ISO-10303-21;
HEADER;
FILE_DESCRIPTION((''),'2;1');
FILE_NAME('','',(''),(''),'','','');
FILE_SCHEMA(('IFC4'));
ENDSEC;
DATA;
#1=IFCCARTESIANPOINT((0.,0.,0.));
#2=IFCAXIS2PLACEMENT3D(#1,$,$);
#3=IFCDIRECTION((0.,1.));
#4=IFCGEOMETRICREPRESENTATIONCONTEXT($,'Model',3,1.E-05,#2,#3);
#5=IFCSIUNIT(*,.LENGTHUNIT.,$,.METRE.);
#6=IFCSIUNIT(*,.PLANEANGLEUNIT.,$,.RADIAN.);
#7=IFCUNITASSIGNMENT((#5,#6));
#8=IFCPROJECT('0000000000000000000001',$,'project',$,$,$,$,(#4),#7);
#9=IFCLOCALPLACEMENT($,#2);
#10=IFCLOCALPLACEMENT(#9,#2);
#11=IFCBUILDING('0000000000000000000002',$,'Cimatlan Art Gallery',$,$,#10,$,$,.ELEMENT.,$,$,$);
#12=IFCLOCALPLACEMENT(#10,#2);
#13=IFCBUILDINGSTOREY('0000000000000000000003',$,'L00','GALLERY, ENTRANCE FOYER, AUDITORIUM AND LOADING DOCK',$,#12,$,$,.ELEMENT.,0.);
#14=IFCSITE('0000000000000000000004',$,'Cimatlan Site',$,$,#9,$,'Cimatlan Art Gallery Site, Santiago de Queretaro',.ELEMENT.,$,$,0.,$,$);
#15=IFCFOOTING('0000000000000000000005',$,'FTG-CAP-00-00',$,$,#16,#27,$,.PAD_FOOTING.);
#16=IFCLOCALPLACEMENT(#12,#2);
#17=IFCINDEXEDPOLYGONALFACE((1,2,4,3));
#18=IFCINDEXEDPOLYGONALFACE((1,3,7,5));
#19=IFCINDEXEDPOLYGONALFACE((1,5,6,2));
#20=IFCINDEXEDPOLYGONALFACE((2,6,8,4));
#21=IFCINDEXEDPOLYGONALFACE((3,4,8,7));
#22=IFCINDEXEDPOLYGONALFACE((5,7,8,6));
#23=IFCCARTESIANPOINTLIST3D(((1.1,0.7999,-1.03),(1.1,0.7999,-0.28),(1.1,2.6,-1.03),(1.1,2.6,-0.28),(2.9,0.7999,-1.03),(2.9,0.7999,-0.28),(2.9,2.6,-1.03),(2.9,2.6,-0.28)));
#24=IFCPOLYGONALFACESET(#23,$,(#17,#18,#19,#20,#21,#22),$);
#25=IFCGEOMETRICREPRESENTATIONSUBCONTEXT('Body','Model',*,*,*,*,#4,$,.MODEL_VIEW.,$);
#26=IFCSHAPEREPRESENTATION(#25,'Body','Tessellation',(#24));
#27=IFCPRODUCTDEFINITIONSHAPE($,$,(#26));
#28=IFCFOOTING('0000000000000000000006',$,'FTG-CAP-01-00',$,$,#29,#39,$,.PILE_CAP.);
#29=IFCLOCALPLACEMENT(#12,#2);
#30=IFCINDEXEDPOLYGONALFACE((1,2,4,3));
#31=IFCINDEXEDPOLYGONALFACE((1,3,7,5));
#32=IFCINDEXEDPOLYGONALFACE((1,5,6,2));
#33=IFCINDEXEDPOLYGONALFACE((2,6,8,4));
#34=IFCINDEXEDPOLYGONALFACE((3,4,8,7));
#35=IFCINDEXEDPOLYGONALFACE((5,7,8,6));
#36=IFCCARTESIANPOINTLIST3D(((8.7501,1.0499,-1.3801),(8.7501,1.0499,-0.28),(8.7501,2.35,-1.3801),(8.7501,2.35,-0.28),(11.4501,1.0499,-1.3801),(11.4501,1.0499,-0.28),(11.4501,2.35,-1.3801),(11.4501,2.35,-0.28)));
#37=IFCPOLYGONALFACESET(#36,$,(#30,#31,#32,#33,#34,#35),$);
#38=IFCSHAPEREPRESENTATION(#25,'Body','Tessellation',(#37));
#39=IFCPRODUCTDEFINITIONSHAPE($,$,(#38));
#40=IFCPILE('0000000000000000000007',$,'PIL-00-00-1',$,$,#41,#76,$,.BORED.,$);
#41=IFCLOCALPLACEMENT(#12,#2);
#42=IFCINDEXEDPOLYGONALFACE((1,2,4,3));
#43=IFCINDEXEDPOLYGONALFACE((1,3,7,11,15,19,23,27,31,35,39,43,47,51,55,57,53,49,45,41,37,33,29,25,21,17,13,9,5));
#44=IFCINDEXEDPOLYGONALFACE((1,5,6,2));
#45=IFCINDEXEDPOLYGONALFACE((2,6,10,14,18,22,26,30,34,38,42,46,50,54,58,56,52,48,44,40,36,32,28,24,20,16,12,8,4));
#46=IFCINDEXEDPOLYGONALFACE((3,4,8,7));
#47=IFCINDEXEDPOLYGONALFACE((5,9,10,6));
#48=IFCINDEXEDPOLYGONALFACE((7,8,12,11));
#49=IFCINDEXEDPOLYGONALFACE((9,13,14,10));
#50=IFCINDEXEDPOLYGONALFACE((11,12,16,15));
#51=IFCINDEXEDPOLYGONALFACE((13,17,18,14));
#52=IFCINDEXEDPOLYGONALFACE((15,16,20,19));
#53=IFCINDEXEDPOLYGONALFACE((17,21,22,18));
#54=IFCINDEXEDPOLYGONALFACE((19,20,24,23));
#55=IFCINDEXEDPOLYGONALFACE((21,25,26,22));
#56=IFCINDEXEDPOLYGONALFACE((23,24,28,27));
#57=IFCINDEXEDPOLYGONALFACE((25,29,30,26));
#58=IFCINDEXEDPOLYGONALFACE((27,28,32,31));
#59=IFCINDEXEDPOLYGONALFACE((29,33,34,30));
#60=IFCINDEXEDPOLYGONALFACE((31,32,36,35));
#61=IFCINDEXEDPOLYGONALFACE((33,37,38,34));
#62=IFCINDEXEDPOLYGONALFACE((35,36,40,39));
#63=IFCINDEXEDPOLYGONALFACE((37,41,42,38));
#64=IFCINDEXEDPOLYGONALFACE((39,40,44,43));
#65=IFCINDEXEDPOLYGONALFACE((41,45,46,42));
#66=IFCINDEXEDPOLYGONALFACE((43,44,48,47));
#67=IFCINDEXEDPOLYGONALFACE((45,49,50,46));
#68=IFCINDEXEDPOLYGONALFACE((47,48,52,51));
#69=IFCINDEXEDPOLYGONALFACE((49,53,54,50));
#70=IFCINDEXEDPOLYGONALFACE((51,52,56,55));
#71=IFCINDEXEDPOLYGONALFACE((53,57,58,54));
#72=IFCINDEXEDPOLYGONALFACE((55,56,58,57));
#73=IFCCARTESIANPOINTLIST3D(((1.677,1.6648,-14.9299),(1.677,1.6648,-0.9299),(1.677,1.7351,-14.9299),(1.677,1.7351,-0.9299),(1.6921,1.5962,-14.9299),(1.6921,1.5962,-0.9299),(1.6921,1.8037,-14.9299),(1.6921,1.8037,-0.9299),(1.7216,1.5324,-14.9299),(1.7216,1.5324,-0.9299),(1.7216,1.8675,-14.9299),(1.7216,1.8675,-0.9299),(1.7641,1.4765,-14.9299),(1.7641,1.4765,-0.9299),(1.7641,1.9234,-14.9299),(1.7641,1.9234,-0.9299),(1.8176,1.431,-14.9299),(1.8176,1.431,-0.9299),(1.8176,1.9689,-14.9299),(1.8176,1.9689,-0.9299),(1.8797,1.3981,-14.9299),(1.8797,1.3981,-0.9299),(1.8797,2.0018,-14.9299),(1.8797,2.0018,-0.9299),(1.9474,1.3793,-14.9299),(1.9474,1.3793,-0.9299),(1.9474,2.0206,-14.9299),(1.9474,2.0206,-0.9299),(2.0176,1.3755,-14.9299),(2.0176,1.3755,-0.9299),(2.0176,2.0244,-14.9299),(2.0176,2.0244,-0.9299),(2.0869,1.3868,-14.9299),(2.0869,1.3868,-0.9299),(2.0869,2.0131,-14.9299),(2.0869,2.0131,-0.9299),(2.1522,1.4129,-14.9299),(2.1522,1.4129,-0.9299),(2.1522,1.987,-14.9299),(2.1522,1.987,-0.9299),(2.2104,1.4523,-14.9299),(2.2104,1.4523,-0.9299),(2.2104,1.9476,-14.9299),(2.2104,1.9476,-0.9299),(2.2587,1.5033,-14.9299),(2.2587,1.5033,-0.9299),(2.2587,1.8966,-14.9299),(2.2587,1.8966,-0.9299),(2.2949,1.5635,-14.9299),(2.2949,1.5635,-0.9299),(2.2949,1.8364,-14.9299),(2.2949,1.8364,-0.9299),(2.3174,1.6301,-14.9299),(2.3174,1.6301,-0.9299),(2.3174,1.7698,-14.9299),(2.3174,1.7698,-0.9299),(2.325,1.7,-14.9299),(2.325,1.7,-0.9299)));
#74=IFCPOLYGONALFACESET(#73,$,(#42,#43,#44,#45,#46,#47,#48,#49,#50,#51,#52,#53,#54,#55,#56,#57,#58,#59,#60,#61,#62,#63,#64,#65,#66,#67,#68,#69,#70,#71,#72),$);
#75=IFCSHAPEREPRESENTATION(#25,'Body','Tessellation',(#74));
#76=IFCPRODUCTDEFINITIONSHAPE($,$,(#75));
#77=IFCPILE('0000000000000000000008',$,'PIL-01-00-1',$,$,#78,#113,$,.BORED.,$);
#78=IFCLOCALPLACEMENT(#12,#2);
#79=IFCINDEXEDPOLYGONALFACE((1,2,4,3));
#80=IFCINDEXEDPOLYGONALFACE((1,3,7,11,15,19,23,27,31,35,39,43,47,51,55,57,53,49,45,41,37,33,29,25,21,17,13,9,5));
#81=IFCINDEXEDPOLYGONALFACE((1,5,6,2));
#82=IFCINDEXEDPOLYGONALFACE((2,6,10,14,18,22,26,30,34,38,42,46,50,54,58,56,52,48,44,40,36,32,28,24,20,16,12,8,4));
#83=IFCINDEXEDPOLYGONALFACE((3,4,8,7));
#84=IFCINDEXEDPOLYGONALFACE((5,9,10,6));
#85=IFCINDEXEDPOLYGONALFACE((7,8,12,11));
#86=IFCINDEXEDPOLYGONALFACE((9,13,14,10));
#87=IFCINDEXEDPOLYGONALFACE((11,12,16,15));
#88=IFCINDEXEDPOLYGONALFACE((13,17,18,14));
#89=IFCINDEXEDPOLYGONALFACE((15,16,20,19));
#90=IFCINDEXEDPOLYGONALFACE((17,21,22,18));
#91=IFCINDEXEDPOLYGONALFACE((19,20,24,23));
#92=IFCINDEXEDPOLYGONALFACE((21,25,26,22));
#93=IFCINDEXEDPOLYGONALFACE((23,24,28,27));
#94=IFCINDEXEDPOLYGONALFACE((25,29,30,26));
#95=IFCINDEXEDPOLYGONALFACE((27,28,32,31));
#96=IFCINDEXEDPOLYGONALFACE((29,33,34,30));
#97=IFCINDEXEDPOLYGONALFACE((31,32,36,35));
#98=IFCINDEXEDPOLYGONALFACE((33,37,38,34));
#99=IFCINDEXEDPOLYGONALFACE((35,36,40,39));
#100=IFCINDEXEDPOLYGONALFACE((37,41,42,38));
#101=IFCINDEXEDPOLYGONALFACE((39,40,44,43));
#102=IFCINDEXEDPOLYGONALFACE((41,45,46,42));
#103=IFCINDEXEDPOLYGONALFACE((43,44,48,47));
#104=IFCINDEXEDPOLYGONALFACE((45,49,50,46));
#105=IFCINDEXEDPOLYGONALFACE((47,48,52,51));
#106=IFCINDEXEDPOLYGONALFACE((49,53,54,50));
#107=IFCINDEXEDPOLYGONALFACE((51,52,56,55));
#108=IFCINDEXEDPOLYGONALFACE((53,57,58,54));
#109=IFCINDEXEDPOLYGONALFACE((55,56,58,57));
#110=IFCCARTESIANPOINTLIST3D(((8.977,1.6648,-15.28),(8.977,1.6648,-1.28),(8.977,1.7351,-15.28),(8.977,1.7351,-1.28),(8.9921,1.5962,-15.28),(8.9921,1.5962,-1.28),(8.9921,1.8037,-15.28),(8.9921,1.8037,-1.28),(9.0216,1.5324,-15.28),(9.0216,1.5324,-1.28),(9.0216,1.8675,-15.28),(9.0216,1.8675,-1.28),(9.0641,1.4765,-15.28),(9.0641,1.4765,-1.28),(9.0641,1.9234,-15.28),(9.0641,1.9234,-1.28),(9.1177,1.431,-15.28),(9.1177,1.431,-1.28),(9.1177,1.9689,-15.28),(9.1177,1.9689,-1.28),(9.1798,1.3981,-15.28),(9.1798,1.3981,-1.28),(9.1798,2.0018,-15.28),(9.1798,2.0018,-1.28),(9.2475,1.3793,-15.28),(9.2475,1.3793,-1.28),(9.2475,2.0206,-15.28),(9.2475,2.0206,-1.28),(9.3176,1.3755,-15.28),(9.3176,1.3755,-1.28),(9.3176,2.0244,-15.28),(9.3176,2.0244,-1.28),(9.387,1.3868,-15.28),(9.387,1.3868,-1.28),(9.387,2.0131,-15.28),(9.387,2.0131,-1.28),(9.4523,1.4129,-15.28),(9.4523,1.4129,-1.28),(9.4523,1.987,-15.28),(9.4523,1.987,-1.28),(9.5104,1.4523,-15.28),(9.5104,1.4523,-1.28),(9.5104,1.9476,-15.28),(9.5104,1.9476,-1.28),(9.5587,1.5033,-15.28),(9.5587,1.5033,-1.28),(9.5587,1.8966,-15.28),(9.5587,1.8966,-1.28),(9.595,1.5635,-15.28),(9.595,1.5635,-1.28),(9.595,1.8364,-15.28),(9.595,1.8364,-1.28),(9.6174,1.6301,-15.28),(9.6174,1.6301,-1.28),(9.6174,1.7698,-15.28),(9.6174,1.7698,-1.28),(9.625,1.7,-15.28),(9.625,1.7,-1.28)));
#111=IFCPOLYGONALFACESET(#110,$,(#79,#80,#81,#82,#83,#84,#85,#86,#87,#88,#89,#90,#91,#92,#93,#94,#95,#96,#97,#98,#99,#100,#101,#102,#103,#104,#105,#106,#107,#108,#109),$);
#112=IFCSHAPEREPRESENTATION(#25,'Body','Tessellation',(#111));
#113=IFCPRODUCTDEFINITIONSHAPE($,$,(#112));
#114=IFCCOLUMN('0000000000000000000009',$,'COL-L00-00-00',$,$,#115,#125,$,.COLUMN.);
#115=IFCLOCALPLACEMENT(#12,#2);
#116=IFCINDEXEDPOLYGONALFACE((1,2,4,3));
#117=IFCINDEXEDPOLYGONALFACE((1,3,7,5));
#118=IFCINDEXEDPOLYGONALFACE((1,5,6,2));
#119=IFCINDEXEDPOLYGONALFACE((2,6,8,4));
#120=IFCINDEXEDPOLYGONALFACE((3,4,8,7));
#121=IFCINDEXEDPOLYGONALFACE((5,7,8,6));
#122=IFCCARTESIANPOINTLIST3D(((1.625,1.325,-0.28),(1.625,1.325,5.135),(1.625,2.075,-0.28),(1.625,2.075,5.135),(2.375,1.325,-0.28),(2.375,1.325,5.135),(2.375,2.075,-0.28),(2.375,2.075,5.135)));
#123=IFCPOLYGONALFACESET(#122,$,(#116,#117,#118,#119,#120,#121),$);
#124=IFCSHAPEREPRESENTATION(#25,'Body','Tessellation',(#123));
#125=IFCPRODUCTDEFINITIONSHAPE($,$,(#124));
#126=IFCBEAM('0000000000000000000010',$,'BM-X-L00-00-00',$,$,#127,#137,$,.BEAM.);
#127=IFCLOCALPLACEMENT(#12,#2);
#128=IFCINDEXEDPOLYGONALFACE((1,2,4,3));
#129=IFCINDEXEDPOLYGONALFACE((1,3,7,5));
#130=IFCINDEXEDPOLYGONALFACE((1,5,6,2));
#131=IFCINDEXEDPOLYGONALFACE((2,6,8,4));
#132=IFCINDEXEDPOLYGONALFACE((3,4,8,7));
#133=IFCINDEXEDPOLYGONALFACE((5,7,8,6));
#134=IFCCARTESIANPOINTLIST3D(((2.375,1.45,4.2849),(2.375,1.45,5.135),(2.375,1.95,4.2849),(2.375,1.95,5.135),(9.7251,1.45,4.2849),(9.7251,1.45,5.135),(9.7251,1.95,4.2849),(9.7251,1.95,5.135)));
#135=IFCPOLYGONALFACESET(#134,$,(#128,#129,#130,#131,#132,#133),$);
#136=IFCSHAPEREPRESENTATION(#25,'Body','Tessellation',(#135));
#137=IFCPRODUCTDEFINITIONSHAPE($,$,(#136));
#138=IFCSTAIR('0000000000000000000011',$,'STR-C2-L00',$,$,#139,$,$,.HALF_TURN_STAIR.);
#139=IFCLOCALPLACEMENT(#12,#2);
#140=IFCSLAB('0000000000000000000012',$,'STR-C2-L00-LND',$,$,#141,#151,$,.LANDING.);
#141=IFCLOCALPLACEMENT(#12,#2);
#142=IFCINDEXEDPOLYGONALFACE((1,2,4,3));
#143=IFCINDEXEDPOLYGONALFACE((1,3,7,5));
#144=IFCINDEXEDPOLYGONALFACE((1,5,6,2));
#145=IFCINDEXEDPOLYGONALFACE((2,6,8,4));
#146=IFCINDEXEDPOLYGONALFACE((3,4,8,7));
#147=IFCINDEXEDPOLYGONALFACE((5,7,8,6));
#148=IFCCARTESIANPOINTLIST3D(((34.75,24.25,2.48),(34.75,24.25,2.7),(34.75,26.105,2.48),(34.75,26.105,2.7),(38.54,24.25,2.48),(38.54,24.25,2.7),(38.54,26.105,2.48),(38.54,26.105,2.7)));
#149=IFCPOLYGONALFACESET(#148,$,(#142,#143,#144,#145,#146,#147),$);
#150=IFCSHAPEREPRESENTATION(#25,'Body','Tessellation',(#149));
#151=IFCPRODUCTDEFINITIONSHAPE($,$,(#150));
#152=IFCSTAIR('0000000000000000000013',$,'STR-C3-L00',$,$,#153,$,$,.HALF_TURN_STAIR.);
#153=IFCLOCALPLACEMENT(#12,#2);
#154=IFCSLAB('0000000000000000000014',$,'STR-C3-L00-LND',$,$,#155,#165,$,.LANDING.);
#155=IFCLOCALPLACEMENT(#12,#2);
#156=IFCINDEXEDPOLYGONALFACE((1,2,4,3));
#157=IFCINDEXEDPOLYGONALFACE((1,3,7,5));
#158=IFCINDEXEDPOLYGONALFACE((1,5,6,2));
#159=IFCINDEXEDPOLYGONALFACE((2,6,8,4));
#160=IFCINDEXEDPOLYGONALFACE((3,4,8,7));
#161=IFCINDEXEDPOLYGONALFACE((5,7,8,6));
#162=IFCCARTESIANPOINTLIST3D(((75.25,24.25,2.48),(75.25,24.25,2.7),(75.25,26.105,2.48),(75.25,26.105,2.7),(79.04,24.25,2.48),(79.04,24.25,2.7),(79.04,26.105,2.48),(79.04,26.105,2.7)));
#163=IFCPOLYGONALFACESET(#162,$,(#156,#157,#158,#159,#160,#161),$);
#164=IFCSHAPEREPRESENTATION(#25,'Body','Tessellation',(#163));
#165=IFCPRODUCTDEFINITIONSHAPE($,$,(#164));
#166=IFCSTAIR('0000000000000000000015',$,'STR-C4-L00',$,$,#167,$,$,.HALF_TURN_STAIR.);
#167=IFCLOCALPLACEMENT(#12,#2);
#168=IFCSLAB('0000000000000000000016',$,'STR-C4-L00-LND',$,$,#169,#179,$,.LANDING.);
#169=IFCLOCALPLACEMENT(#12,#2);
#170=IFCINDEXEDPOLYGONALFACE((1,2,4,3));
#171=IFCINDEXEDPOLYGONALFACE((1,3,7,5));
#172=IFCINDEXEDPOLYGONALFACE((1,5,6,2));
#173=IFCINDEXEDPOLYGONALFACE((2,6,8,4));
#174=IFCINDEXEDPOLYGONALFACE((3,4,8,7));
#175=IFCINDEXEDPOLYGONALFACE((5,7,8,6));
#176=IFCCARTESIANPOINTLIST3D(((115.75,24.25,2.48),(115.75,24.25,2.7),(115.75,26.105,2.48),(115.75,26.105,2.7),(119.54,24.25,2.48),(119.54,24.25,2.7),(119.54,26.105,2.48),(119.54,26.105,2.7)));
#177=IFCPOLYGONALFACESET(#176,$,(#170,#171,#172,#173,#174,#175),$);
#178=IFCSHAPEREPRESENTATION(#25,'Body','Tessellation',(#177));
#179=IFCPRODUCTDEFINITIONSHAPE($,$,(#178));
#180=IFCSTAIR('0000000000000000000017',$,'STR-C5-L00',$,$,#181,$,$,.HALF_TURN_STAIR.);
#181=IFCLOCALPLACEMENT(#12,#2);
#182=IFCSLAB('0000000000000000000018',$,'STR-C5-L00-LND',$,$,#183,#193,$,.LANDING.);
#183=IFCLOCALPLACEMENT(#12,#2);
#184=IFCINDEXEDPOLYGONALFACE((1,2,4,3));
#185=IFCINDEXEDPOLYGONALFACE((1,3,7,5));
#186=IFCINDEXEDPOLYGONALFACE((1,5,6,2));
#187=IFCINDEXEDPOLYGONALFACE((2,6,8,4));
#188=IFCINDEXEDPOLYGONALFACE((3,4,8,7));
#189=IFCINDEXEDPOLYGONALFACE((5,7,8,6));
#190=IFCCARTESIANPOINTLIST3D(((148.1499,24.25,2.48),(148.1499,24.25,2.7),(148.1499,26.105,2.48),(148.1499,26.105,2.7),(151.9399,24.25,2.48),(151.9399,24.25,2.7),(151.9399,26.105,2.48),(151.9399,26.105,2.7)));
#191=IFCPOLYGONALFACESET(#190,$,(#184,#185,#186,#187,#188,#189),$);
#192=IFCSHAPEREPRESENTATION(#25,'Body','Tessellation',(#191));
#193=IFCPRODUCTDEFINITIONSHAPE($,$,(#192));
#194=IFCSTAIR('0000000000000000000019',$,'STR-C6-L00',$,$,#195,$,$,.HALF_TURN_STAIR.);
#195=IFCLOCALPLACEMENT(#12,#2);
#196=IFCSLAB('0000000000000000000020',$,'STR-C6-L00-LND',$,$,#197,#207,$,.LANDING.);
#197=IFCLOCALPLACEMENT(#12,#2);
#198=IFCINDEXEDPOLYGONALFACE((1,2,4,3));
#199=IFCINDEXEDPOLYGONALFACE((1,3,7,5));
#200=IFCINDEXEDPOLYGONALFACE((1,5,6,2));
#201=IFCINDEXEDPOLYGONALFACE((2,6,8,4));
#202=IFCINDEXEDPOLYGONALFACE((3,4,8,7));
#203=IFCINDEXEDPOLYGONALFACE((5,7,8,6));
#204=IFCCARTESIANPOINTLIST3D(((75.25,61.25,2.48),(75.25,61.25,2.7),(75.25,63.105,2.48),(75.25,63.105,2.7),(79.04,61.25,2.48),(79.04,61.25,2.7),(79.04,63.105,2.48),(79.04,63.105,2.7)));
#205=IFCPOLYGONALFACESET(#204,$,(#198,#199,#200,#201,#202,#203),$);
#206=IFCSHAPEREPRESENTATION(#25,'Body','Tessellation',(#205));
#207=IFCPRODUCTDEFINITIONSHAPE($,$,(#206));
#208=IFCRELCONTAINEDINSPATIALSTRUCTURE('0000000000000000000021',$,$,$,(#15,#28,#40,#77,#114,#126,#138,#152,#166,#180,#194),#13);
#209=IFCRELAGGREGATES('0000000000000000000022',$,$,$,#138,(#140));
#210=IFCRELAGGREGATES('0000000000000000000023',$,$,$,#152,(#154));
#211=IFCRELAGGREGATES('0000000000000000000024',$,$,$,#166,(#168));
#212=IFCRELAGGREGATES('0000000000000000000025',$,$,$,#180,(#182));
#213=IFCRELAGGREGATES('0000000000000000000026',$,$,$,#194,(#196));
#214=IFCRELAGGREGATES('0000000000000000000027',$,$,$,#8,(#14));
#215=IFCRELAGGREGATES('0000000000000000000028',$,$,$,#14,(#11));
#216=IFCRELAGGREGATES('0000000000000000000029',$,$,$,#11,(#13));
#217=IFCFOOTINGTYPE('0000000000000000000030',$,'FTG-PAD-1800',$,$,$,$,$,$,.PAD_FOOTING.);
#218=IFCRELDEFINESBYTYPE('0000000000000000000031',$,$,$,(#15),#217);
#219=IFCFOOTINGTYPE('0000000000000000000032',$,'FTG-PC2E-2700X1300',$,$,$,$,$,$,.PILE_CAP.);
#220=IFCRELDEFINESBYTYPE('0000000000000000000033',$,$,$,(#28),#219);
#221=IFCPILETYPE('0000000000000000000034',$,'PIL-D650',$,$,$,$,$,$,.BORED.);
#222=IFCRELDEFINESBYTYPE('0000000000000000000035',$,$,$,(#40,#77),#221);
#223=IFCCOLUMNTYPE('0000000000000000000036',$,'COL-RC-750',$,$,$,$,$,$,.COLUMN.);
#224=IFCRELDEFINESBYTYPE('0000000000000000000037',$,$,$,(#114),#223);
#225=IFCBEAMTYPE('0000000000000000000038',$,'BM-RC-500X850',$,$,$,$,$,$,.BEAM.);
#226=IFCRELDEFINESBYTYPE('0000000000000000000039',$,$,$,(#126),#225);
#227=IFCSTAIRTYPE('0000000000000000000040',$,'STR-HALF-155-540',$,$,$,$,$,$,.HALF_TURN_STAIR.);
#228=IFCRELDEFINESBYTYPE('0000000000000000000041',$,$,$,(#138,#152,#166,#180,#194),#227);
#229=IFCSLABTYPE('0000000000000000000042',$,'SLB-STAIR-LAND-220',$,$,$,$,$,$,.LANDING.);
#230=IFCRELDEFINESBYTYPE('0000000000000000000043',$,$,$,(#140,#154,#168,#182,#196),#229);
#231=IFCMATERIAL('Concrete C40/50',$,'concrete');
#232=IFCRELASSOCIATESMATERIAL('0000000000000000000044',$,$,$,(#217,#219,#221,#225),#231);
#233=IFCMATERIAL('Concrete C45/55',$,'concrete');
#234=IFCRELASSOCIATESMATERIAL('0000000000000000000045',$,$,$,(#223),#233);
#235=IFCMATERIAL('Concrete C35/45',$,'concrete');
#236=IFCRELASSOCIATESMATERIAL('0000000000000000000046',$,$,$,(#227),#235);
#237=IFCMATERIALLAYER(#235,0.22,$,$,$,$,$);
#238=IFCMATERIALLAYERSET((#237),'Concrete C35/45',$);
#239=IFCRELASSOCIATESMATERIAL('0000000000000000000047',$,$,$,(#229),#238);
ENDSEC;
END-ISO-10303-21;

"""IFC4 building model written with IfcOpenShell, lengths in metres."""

from ifc_helpers import new_model, si_unit, direction, frame, origin, origin_2d, place, context, subcontext, project, spatial, polyline, rectangle, circle, outline, extrude, material, layer, layer_set, material_profile, profile_set, type_object, element, aggregate, save


model = new_model("IFC4")

# Units and contexts
model_context = context("Model", 3, precision=1e-05, world=origin(), true_north=direction((0.0, 1.0)))
body_context = subcontext(model_context, "Body", "Model", "MODEL_VIEW")
ifc_project = project(units=[si_unit("LENGTHUNIT", "METRE"), si_unit("PLANEANGLEUNIT", "RADIAN")], contexts=[model_context])

# Site, building, storey
site_placement = place(None, origin())
site = spatial("IfcSite", under=ifc_project, at=site_placement, Name="Cimatlan Site", LongName="Cimatlan Art Gallery Site, Santiago de Queretaro", CompositionType="ELEMENT", RefElevation=0.0)
building_placement = place(site_placement, origin())
building = spatial("IfcBuilding", under=site, at=building_placement, Name="Cimatlan Art Gallery", CompositionType="ELEMENT")
storey_placement = place(building_placement, origin())
storey = spatial("IfcBuildingStorey", under=building, at=storey_placement, Name="L00", Description="GALLERY, ENTRANCE FOYER, AUDITORIUM AND LOADING DOCK", CompositionType="ELEMENT", Elevation=0.0)

# Footings
ifc_material_1 = material(Name="Concrete C40/50", Category="concrete")
footing_type_1 = type_object("IfcFootingType", Name="FTG-PAD-1800", PredefinedType="PAD_FOOTING", material=ifc_material_1)
footing_1_placement = place(storey_placement, frame((2.0, 1.7, -1.03), z_axis=(0.0, 0.0, 1.0), x_axis=(1.0, 0.0, 0.0)))
element("IfcFooting", 1, at=footing_1_placement, inside=storey, type_object=footing_type_1, Name="FTG-CAP-00-00", PredefinedType="PAD_FOOTING", context=body_context, shape_type="SweptSolid", body=[
    extrude(rectangle(XDim=1.8, YDim=1.8, at=origin_2d()), origin(), (0.0, 0.0, 1.0), 0.75),
])
footing_type_2 = type_object("IfcFootingType", Name="FTG-PC2E-2700X1300", PredefinedType="PILE_CAP", material=ifc_material_1)
footing_2_placement = place(storey_placement, frame((10.1001, 1.7, -1.3801), z_axis=(0.0, 0.0, 1.0), x_axis=(1.0, 0.0, 0.0)))
element("IfcFooting", 2, at=footing_2_placement, inside=storey, type_object=footing_type_2, Name="FTG-CAP-01-00", PredefinedType="PILE_CAP", context=body_context, shape_type="SweptSolid", body=[
    extrude(rectangle(XDim=2.7, YDim=1.3, at=origin_2d()), origin(), (0.0, 0.0, 1.0), 1.1001),
])

# Piles
pile_type = type_object("IfcPileType", Name="PIL-D650", PredefinedType="BORED", material=ifc_material_1)
for number, where, z_axis, x_axis, name in (
    (3, (2.0, 1.7, -0.9299), (0.0, 0.0, -1.0), (1.0, 0.0, 0.0), "PIL-00-00-1"),
    (4, (9.3, 1.7, -1.28), (0.0, 0.0, -1.0), (1.0, 0.0, 0.0), "PIL-01-00-1"),
):
    element("IfcPile", number, at=place(storey_placement, frame(where, z_axis=z_axis, x_axis=x_axis)), inside=storey, type_object=pile_type, Name=name, PredefinedType="BORED", context=body_context, shape_type="SweptSolid", body=[
        extrude(circle(Radius=0.325, at=origin_2d()), origin(), (0.0, 0.0, 1.0), 14.0),
    ])

# Column
ifc_material_2 = material(Name="Concrete C45/55", Category="concrete")
ifc_material_profile_1 = material_profile(ifc_material_2, rectangle(XDim=0.75, YDim=0.75, at=origin_2d()), Name="RC750X750")
ifc_profile_set_1 = profile_set([ifc_material_profile_1], Name="Concrete C45/55")
column_type = type_object("IfcColumnType", Name="COL-RC-750", PredefinedType="COLUMN", material=ifc_profile_set_1)
column_placement = place(storey_placement, frame((2.0, 1.7, -0.28), z_axis=(0.0, 0.0, 1.0), x_axis=(1.0, 0.0, 0.0)))
element("IfcColumn", 5, at=column_placement, inside=storey, type_object=column_type, Name="COL-L00-00-00", PredefinedType="COLUMN", context=body_context, shape_type="SweptSolid", body=[
    extrude(rectangle(XDim=0.75, YDim=0.75, at=origin_2d()), origin(), (0.0, 0.0, 1.0), 5.415),
])

# Beam
ifc_material_profile_2 = material_profile(ifc_material_1, rectangle(XDim=0.5, YDim=0.8501, at=origin_2d()), Name="RC500X850")
ifc_profile_set_2 = profile_set([ifc_material_profile_2], Name="Concrete C40/50")
beam_type = type_object("IfcBeamType", Name="BM-RC-500X850", PredefinedType="BEAM", material=ifc_profile_set_2)
beam_placement = place(storey_placement, frame((2.375, 1.7, 4.71), z_axis=(1.0, 0.0, 0.0), x_axis=(0.0, 1.0, 0.0)))
element("IfcBeam", 6, at=beam_placement, inside=storey, type_object=beam_type, Name="BM-X-L00-00-00", PredefinedType="BEAM", context=body_context, shape_type="SweptSolid", body=[
    extrude(rectangle(XDim=0.5, YDim=0.8501, at=origin_2d()), origin(), (0.0, 0.0, 1.0), 7.3501),
])

# Stairs, slabs
ifc_material_3 = material(Name="Concrete C35/45", Category="concrete")
stair_type_1 = type_object("IfcStairType", Name="STR-HALF-155-540", PredefinedType="HALF_TURN_STAIR", material=ifc_material_3)
stair_1_placement = place(storey_placement, origin())
stair_1 = element("IfcStair", 7, at=stair_1_placement, inside=storey, type_object=stair_type_1, Name="STR-C2-L00", PredefinedType="HALF_TURN_STAIR")
ifc_layer_1 = layer(ifc_material_3, 0.22)
ifc_layer_set_1 = layer_set([ifc_layer_1], Name="Concrete C35/45")
slab_type = type_object("IfcSlabType", Name="SLB-STAIR-LAND-220", PredefinedType="LANDING", material=ifc_layer_set_1)
slab_1_placement = place(storey_placement, frame((0.0, 0.0, 2.48)))
slab_1 = element("IfcSlab", 8, at=slab_1_placement, type_object=slab_type, Name="STR-C2-L00-LND", PredefinedType="LANDING", context=body_context, shape_type="SweptSolid", body=[
    extrude(outline(polyline([(34.75, 24.25), (38.54, 24.25), (38.54, 26.105), (34.75, 26.105), (34.75, 24.25)])), origin(), (0.0, 0.0, 1.0), 0.22),
])
aggregate(stair_1, [slab_1])
stair_2_placement = place(storey_placement, origin())
stair_2 = element("IfcStair", 9, at=stair_2_placement, inside=storey, type_object=stair_type_1, Name="STR-C3-L00", PredefinedType="HALF_TURN_STAIR")
slab_2_placement = place(storey_placement, frame((0.0, 0.0, 2.48)))
slab_2 = element("IfcSlab", 10, at=slab_2_placement, type_object=slab_type, Name="STR-C3-L00-LND", PredefinedType="LANDING", context=body_context, shape_type="SweptSolid", body=[
    extrude(outline(polyline([(75.25, 24.25), (79.04, 24.25), (79.04, 26.105), (75.25, 26.105), (75.25, 24.25)])), origin(), (0.0, 0.0, 1.0), 0.22),
])
aggregate(stair_2, [slab_2])
stair_3_placement = place(storey_placement, origin())
stair_3 = element("IfcStair", 11, at=stair_3_placement, inside=storey, type_object=stair_type_1, Name="STR-C4-L00", PredefinedType="HALF_TURN_STAIR")
slab_3_placement = place(storey_placement, frame((0.0, 0.0, 2.48)))
slab_3 = element("IfcSlab", 12, at=slab_3_placement, type_object=slab_type, Name="STR-C4-L00-LND", PredefinedType="LANDING", context=body_context, shape_type="SweptSolid", body=[
    extrude(outline(polyline([(115.75, 24.25), (119.54, 24.25), (119.54, 26.105), (115.75, 26.105), (115.75, 24.25)])), origin(), (0.0, 0.0, 1.0), 0.22),
])
aggregate(stair_3, [slab_3])
stair_4_placement = place(storey_placement, origin())
stair_4 = element("IfcStair", 13, at=stair_4_placement, inside=storey, type_object=stair_type_1, Name="STR-C5-L00", PredefinedType="HALF_TURN_STAIR")
slab_4_placement = place(storey_placement, frame((0.0, 0.0, 2.48)))
slab_4 = element("IfcSlab", 14, at=slab_4_placement, type_object=slab_type, Name="STR-C5-L00-LND", PredefinedType="LANDING", context=body_context, shape_type="SweptSolid", body=[
    extrude(outline(polyline([(148.1499, 24.25), (151.9399, 24.25), (151.9399, 26.105), (148.1499, 26.105), (148.1499, 24.25)])), origin(), (0.0, 0.0, 1.0), 0.22),
])
aggregate(stair_4, [slab_4])
stair_5_placement = place(storey_placement, origin())
stair_5 = element("IfcStair", 15, at=stair_5_placement, inside=storey, type_object=stair_type_1, Name="STR-C6-L00", PredefinedType="HALF_TURN_STAIR")
slab_5_placement = place(storey_placement, frame((0.0, 0.0, 2.48)))
slab_5 = element("IfcSlab", 16, at=slab_5_placement, type_object=slab_type, Name="STR-C6-L00-LND", PredefinedType="LANDING", context=body_context, shape_type="SweptSolid", body=[
    extrude(outline(polyline([(75.25, 61.25), (79.04, 61.25), (79.04, 63.105), (75.25, 63.105), (75.25, 61.25)])), origin(), (0.0, 0.0, 1.0), 0.22),
])
aggregate(stair_5, [slab_5])

save(model, "model.ifc")
